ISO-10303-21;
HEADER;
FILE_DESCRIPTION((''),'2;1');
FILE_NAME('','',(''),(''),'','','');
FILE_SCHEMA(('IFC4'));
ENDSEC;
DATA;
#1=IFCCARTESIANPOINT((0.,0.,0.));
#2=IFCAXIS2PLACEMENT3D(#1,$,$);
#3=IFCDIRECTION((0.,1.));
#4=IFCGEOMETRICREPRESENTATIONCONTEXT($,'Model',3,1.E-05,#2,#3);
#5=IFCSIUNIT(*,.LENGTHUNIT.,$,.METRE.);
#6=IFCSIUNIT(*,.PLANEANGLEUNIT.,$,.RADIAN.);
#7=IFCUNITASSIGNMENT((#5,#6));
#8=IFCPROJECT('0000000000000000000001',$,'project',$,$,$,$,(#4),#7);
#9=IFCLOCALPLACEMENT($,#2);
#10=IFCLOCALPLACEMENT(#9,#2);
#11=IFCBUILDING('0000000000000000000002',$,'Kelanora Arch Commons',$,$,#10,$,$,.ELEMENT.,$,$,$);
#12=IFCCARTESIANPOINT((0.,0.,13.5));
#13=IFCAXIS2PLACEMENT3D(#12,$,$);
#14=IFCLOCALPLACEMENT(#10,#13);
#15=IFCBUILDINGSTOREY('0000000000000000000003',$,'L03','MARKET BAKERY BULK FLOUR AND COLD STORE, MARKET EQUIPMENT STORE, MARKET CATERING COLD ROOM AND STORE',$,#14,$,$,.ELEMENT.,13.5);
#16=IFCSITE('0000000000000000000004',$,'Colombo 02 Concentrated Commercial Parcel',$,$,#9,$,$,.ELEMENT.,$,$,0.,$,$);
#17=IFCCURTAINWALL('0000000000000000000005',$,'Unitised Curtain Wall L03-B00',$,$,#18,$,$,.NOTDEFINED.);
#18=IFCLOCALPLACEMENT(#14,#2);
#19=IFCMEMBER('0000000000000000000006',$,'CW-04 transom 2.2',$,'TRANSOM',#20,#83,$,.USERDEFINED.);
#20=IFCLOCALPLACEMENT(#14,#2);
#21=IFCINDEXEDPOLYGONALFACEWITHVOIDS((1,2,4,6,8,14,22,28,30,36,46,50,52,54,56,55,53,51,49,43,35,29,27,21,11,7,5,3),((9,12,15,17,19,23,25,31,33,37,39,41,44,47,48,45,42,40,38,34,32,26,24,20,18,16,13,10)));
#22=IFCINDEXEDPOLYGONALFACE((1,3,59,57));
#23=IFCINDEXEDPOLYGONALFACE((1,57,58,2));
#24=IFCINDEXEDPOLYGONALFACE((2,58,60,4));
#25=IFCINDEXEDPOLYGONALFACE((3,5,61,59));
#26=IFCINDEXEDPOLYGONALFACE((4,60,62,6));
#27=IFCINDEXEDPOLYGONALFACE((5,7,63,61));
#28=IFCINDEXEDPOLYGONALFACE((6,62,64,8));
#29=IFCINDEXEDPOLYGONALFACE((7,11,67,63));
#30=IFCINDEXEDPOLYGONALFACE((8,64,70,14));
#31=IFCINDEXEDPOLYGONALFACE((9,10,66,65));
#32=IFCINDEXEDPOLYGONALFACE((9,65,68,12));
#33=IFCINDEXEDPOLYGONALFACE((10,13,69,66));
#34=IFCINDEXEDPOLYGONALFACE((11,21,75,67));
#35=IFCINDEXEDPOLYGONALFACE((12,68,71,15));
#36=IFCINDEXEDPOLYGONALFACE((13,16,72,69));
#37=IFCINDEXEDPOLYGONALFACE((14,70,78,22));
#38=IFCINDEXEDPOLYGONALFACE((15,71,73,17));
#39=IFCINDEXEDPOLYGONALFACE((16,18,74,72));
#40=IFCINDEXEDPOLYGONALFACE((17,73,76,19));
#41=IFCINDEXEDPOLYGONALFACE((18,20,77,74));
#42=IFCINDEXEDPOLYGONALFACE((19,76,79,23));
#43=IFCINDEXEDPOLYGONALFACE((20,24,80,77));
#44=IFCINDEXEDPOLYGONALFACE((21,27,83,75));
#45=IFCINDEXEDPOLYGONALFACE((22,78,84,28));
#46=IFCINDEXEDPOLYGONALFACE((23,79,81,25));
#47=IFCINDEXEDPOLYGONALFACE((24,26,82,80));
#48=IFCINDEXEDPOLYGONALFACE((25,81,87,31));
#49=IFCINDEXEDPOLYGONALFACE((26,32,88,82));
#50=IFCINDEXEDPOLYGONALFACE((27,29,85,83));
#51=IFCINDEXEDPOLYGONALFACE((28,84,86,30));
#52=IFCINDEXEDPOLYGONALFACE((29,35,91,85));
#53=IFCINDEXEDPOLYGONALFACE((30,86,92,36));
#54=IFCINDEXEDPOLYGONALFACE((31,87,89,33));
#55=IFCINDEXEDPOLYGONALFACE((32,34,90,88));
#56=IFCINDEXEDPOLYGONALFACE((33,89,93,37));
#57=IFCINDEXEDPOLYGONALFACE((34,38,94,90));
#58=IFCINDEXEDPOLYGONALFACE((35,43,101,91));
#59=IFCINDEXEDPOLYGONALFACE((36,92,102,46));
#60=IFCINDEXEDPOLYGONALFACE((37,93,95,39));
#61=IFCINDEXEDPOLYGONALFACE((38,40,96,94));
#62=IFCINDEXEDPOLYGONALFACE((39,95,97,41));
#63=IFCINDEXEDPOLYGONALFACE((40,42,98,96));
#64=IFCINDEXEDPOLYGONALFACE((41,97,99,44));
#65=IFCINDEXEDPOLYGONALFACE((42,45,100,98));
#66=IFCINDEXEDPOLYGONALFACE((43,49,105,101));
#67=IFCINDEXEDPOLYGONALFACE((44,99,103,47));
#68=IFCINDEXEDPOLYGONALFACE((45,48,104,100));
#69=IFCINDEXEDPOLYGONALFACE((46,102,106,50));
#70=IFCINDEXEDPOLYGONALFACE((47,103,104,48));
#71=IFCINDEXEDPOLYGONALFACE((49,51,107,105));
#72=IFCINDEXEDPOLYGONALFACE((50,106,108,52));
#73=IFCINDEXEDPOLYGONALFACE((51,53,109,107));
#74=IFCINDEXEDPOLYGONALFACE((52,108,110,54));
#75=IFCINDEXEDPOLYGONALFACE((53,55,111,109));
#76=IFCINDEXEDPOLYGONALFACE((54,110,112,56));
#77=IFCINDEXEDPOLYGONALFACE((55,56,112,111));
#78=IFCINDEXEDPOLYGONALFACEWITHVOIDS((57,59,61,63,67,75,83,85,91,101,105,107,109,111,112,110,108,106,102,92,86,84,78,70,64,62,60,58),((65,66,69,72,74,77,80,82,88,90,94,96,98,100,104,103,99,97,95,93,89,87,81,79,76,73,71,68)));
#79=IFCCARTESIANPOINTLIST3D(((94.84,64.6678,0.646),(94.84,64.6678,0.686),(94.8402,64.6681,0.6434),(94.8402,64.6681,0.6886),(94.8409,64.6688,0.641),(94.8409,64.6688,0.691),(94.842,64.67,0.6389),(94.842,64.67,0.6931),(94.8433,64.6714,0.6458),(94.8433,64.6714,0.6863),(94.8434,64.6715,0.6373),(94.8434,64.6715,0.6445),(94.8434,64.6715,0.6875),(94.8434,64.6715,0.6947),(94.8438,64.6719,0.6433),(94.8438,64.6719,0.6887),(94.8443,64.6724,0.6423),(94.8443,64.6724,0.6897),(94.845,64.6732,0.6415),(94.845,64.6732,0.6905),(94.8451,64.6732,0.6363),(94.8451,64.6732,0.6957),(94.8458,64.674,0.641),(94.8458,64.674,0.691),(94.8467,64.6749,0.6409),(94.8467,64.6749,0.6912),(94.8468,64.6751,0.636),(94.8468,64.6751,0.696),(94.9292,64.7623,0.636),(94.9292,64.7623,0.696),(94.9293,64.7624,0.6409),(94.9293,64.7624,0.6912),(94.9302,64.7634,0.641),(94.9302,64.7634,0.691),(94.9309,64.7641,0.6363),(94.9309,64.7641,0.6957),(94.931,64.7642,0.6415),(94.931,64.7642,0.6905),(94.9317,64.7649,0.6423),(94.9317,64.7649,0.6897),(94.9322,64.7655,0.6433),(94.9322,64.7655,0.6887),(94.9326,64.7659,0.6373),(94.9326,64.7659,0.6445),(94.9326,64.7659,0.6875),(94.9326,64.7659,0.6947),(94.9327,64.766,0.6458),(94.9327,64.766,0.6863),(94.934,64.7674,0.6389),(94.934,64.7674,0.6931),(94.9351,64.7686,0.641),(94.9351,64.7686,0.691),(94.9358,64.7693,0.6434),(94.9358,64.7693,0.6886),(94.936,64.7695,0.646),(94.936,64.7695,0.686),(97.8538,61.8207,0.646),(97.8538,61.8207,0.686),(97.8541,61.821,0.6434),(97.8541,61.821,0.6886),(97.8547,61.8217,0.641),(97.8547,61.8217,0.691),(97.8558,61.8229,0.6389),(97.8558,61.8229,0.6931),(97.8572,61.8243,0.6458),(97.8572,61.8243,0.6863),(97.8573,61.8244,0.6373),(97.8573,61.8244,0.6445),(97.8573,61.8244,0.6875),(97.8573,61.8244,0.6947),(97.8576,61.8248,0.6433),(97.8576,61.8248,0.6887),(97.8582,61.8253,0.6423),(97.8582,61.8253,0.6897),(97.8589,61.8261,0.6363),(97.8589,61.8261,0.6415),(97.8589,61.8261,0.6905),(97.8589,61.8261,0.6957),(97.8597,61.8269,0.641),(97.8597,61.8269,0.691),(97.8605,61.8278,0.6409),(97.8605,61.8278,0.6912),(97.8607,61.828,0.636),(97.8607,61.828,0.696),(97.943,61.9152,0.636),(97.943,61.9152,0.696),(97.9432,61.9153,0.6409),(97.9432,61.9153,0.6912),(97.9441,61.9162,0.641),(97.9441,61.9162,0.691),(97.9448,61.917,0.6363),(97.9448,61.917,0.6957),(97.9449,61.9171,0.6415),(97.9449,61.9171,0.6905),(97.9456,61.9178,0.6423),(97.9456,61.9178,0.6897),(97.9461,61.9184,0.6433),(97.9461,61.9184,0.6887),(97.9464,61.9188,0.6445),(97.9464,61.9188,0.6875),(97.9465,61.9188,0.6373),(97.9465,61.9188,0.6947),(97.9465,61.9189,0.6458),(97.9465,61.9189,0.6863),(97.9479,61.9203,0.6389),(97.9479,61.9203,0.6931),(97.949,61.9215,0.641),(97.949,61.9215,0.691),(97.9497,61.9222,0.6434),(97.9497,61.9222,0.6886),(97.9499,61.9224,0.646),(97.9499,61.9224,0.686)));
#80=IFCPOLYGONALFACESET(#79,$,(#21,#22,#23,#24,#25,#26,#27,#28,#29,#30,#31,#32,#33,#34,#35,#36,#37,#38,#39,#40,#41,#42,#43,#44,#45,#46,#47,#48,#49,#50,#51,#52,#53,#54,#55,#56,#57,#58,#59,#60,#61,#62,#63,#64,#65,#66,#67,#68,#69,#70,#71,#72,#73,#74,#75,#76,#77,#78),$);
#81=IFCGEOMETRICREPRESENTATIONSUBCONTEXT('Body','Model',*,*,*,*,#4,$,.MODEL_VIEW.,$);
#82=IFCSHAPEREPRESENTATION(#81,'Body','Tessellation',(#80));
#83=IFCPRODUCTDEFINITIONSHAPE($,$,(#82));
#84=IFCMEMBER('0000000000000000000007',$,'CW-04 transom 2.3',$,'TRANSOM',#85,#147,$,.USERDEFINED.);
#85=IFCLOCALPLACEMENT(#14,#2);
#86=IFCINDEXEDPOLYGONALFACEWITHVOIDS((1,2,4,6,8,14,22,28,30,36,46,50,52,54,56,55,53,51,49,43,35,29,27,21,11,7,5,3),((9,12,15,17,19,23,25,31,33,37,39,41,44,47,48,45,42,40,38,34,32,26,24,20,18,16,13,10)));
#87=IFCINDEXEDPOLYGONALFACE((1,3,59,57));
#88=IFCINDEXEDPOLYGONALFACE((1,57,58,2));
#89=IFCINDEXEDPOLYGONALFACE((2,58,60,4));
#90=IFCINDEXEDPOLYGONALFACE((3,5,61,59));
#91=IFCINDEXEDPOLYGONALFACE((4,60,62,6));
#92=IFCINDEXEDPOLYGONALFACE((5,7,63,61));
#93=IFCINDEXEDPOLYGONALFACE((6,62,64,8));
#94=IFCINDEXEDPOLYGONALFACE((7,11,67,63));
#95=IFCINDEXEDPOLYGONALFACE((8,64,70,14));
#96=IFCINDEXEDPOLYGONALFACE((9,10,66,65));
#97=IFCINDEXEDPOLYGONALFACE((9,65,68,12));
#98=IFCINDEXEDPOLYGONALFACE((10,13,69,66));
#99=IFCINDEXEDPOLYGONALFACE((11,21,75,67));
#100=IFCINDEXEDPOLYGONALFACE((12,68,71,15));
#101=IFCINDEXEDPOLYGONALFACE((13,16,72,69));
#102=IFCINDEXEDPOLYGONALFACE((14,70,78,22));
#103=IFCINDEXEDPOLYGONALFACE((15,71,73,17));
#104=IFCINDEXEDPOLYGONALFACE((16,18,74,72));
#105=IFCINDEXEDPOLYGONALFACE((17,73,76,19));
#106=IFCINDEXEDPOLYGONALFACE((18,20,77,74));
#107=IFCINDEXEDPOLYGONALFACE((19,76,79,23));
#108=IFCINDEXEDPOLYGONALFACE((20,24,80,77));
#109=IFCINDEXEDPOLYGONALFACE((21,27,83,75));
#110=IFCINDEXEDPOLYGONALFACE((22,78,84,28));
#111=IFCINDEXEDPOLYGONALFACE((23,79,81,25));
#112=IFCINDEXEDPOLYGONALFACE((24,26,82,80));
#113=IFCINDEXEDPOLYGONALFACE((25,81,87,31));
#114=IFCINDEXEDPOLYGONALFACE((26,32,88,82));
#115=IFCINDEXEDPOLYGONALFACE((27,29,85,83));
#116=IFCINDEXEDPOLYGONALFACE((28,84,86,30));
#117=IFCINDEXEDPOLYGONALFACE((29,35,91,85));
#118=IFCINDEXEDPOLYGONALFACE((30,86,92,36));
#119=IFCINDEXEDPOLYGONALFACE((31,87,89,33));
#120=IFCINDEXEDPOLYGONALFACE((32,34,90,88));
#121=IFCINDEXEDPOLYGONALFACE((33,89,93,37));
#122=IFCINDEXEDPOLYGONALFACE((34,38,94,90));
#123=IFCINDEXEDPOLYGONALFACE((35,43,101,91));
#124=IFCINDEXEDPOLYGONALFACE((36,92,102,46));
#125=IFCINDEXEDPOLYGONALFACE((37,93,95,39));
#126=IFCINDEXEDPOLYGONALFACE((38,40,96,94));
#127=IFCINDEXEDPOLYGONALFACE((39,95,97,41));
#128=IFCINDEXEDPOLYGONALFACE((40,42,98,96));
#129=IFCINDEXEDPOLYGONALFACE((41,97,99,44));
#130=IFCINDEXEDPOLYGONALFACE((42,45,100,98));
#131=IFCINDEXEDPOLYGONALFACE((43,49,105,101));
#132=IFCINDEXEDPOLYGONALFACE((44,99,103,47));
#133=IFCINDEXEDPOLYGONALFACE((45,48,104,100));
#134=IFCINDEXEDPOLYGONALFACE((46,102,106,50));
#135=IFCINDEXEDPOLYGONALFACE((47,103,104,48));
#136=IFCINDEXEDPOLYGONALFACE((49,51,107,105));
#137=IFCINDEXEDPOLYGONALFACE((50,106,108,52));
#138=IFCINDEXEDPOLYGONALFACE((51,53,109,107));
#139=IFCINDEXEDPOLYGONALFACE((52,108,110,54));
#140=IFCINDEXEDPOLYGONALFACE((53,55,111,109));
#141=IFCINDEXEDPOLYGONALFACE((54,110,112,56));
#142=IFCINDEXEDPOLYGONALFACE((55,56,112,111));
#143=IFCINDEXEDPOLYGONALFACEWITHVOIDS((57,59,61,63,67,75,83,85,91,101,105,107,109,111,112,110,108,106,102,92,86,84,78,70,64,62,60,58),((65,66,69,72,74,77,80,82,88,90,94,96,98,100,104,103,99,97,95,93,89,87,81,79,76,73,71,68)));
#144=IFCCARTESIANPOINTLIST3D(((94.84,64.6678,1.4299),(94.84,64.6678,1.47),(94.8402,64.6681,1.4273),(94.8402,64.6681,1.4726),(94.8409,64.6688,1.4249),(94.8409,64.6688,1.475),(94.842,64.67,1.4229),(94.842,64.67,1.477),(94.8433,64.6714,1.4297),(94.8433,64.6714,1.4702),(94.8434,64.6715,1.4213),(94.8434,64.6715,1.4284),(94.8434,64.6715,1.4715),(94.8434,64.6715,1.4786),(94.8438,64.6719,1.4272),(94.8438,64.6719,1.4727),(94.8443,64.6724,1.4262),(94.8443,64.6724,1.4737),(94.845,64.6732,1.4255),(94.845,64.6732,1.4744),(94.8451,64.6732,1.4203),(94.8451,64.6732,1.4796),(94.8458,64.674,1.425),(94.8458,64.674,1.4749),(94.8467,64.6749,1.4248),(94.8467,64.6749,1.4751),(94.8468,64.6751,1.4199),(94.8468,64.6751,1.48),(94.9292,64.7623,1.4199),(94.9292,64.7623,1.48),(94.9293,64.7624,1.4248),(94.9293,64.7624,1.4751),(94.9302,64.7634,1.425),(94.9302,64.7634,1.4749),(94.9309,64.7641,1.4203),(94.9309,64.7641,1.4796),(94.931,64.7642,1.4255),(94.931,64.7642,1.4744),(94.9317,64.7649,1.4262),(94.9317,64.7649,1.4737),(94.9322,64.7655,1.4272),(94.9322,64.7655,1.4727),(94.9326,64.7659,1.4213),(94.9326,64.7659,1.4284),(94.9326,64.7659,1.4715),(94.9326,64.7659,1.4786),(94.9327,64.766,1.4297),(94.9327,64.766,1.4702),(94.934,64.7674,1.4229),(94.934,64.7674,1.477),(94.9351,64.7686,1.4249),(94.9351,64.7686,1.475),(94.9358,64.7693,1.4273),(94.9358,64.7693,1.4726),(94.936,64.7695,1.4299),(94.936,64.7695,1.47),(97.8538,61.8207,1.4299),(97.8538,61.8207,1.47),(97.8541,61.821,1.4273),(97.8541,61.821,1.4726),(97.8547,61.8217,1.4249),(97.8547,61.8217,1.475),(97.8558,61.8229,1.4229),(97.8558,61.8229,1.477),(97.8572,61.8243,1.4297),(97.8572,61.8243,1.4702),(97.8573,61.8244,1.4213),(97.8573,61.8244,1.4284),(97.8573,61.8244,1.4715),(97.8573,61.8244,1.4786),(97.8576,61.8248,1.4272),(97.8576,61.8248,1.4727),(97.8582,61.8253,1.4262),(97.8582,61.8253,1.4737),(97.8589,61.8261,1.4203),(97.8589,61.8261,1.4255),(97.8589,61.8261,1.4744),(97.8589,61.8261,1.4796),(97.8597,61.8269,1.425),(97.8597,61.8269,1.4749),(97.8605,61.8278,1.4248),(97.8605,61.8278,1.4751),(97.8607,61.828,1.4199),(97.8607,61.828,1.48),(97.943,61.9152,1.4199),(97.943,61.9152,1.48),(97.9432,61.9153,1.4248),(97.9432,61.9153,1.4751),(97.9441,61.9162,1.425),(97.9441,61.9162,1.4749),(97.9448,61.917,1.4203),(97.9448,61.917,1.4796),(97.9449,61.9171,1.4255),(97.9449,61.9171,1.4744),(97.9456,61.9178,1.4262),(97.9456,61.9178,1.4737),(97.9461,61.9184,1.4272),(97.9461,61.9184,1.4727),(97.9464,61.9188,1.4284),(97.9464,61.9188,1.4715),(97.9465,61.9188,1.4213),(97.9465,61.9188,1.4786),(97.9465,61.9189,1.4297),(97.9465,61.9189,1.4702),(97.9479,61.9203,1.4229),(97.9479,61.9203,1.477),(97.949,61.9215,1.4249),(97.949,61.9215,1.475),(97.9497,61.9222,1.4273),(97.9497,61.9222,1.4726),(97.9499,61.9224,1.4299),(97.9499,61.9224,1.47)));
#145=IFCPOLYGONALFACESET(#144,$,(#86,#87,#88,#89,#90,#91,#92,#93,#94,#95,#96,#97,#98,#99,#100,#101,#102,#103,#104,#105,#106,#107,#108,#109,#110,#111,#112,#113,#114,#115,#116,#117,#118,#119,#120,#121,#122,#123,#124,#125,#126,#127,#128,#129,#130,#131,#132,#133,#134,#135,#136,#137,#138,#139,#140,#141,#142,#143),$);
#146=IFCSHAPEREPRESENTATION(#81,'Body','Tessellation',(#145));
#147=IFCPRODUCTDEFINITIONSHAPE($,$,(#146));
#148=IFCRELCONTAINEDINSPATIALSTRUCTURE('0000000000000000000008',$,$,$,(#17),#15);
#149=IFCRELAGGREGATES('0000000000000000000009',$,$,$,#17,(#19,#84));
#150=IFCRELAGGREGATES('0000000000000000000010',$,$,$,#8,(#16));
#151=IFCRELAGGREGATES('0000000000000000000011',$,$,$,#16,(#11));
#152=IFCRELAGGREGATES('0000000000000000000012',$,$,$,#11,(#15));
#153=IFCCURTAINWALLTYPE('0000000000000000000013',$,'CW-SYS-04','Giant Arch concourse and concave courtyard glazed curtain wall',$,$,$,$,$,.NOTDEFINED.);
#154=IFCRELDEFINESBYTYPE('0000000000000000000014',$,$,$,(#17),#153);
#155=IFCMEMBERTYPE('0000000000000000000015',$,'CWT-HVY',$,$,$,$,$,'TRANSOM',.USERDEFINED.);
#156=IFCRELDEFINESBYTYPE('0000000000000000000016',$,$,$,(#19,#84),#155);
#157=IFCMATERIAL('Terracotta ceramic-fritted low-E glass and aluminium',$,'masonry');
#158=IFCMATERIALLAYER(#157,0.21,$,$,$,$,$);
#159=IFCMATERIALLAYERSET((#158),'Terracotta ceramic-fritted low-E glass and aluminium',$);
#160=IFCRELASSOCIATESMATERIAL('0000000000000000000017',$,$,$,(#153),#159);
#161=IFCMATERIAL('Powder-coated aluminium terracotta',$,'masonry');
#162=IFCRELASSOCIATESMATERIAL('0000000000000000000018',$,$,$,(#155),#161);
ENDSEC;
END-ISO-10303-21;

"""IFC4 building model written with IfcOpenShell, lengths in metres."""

from ifc_helpers import new_model, si_unit, direction, frame, origin, origin_2d, place, context, subcontext, project, spatial, hollow_rectangle, extrude, material, layer, layer_set, material_profile, profile_set, type_object, element, aggregate, save


model = new_model("IFC4")

# Units and contexts
model_context = context("Model", 3, precision=1e-05, world=origin(), true_north=direction((0.0, 1.0)))
body_context = subcontext(model_context, "Body", "Model", "MODEL_VIEW")
ifc_project = project(units=[si_unit("LENGTHUNIT", "METRE"), si_unit("PLANEANGLEUNIT", "RADIAN")], contexts=[model_context])

# Site, building, storey
site_placement = place(None, origin())
site = spatial("IfcSite", under=ifc_project, at=site_placement, Name="Colombo 02 Concentrated Commercial Parcel", CompositionType="ELEMENT", RefElevation=0.0)
building_placement = place(site_placement, origin())
building = spatial("IfcBuilding", under=site, at=building_placement, Name="Kelanora Arch Commons", CompositionType="ELEMENT")
storey_placement = place(building_placement, frame((0.0, 0.0, 13.5)))
storey = spatial("IfcBuildingStorey", under=building, at=storey_placement, Name="L03", Description="MARKET BAKERY BULK FLOUR AND COLD STORE, MARKET EQUIPMENT STORE, MARKET CATERING COLD ROOM AND STORE", CompositionType="ELEMENT", Elevation=13.5)

# Curtain wall
ifc_material_1 = material(Name="Terracotta ceramic-fritted low-E glass and aluminium", Category="masonry")
ifc_layer_1 = layer(ifc_material_1, 0.21)
ifc_layer_set_1 = layer_set([ifc_layer_1], Name="Terracotta ceramic-fritted low-E glass and aluminium")
curtain_wall_type = type_object("IfcCurtainWallType", Name="CW-SYS-04", Description="Giant Arch concourse and concave courtyard glazed curtain wall", PredefinedType="NOTDEFINED", material=ifc_layer_set_1)
curtain_wall_1_placement = place(storey_placement, origin())
curtain_wall_1 = element("IfcCurtainWall", 1, at=curtain_wall_1_placement, inside=storey, type_object=curtain_wall_type, Name="Unitised Curtain Wall L03-B00", PredefinedType="NOTDEFINED")
ifc_material_2 = material(Name="Powder-coated aluminium terracotta", Category="masonry")

# Members
ifc_material_profile_1 = material_profile(ifc_material_2, hollow_rectangle(XDim=0.1399, YDim=0.0601, WallThickness=0.0049, InnerFilletRadius=0.0049, OuterFilletRadius=0.01, at=origin_2d()), Name="CWT140x60")
ifc_profile_set_1 = profile_set([ifc_material_profile_1], Name="Powder-coated aluminium terracotta")
member_type_1 = type_object("IfcMemberType", Name="CWT-HVY", ElementType="TRANSOM", PredefinedType="USERDEFINED", material=ifc_profile_set_1)
member_1_placement = place(storey_placement, frame((97.9019, 61.8716, 0.666), z_axis=(-0.72693, 0.686712, 0.0), x_axis=(-0.686712, -0.72693, 0.0)))
member_1 = element("IfcMember", 2, at=member_1_placement, type_object=member_type_1, Name="CW-04 transom 2.2", ObjectType="TRANSOM", PredefinedType="USERDEFINED", context=body_context, shape_type="SweptSolid", body=[
    extrude(hollow_rectangle(XDim=0.1399, YDim=0.0601, WallThickness=0.0049, InnerFilletRadius=0.0049, OuterFilletRadius=0.01, at=origin_2d()), origin(), (0.0, 0.0, 1.0), 4.146),
])
member_2_placement = place(storey_placement, frame((97.9019, 61.8716, 1.45), z_axis=(-0.72693, 0.686712, 0.0), x_axis=(-0.686712, -0.72693, 0.0)))
member_2 = element("IfcMember", 3, at=member_2_placement, type_object=member_type_1, Name="CW-04 transom 2.3", ObjectType="TRANSOM", PredefinedType="USERDEFINED", context=body_context, shape_type="SweptSolid", body=[
    extrude(hollow_rectangle(XDim=0.1399, YDim=0.0601, WallThickness=0.0049, InnerFilletRadius=0.0049, OuterFilletRadius=0.01, at=origin_2d()), origin(), (0.0, 0.0, 1.0), 4.146),
])

aggregate(curtain_wall_1, [member_1, member_2])

save(model, "model.ifc")
